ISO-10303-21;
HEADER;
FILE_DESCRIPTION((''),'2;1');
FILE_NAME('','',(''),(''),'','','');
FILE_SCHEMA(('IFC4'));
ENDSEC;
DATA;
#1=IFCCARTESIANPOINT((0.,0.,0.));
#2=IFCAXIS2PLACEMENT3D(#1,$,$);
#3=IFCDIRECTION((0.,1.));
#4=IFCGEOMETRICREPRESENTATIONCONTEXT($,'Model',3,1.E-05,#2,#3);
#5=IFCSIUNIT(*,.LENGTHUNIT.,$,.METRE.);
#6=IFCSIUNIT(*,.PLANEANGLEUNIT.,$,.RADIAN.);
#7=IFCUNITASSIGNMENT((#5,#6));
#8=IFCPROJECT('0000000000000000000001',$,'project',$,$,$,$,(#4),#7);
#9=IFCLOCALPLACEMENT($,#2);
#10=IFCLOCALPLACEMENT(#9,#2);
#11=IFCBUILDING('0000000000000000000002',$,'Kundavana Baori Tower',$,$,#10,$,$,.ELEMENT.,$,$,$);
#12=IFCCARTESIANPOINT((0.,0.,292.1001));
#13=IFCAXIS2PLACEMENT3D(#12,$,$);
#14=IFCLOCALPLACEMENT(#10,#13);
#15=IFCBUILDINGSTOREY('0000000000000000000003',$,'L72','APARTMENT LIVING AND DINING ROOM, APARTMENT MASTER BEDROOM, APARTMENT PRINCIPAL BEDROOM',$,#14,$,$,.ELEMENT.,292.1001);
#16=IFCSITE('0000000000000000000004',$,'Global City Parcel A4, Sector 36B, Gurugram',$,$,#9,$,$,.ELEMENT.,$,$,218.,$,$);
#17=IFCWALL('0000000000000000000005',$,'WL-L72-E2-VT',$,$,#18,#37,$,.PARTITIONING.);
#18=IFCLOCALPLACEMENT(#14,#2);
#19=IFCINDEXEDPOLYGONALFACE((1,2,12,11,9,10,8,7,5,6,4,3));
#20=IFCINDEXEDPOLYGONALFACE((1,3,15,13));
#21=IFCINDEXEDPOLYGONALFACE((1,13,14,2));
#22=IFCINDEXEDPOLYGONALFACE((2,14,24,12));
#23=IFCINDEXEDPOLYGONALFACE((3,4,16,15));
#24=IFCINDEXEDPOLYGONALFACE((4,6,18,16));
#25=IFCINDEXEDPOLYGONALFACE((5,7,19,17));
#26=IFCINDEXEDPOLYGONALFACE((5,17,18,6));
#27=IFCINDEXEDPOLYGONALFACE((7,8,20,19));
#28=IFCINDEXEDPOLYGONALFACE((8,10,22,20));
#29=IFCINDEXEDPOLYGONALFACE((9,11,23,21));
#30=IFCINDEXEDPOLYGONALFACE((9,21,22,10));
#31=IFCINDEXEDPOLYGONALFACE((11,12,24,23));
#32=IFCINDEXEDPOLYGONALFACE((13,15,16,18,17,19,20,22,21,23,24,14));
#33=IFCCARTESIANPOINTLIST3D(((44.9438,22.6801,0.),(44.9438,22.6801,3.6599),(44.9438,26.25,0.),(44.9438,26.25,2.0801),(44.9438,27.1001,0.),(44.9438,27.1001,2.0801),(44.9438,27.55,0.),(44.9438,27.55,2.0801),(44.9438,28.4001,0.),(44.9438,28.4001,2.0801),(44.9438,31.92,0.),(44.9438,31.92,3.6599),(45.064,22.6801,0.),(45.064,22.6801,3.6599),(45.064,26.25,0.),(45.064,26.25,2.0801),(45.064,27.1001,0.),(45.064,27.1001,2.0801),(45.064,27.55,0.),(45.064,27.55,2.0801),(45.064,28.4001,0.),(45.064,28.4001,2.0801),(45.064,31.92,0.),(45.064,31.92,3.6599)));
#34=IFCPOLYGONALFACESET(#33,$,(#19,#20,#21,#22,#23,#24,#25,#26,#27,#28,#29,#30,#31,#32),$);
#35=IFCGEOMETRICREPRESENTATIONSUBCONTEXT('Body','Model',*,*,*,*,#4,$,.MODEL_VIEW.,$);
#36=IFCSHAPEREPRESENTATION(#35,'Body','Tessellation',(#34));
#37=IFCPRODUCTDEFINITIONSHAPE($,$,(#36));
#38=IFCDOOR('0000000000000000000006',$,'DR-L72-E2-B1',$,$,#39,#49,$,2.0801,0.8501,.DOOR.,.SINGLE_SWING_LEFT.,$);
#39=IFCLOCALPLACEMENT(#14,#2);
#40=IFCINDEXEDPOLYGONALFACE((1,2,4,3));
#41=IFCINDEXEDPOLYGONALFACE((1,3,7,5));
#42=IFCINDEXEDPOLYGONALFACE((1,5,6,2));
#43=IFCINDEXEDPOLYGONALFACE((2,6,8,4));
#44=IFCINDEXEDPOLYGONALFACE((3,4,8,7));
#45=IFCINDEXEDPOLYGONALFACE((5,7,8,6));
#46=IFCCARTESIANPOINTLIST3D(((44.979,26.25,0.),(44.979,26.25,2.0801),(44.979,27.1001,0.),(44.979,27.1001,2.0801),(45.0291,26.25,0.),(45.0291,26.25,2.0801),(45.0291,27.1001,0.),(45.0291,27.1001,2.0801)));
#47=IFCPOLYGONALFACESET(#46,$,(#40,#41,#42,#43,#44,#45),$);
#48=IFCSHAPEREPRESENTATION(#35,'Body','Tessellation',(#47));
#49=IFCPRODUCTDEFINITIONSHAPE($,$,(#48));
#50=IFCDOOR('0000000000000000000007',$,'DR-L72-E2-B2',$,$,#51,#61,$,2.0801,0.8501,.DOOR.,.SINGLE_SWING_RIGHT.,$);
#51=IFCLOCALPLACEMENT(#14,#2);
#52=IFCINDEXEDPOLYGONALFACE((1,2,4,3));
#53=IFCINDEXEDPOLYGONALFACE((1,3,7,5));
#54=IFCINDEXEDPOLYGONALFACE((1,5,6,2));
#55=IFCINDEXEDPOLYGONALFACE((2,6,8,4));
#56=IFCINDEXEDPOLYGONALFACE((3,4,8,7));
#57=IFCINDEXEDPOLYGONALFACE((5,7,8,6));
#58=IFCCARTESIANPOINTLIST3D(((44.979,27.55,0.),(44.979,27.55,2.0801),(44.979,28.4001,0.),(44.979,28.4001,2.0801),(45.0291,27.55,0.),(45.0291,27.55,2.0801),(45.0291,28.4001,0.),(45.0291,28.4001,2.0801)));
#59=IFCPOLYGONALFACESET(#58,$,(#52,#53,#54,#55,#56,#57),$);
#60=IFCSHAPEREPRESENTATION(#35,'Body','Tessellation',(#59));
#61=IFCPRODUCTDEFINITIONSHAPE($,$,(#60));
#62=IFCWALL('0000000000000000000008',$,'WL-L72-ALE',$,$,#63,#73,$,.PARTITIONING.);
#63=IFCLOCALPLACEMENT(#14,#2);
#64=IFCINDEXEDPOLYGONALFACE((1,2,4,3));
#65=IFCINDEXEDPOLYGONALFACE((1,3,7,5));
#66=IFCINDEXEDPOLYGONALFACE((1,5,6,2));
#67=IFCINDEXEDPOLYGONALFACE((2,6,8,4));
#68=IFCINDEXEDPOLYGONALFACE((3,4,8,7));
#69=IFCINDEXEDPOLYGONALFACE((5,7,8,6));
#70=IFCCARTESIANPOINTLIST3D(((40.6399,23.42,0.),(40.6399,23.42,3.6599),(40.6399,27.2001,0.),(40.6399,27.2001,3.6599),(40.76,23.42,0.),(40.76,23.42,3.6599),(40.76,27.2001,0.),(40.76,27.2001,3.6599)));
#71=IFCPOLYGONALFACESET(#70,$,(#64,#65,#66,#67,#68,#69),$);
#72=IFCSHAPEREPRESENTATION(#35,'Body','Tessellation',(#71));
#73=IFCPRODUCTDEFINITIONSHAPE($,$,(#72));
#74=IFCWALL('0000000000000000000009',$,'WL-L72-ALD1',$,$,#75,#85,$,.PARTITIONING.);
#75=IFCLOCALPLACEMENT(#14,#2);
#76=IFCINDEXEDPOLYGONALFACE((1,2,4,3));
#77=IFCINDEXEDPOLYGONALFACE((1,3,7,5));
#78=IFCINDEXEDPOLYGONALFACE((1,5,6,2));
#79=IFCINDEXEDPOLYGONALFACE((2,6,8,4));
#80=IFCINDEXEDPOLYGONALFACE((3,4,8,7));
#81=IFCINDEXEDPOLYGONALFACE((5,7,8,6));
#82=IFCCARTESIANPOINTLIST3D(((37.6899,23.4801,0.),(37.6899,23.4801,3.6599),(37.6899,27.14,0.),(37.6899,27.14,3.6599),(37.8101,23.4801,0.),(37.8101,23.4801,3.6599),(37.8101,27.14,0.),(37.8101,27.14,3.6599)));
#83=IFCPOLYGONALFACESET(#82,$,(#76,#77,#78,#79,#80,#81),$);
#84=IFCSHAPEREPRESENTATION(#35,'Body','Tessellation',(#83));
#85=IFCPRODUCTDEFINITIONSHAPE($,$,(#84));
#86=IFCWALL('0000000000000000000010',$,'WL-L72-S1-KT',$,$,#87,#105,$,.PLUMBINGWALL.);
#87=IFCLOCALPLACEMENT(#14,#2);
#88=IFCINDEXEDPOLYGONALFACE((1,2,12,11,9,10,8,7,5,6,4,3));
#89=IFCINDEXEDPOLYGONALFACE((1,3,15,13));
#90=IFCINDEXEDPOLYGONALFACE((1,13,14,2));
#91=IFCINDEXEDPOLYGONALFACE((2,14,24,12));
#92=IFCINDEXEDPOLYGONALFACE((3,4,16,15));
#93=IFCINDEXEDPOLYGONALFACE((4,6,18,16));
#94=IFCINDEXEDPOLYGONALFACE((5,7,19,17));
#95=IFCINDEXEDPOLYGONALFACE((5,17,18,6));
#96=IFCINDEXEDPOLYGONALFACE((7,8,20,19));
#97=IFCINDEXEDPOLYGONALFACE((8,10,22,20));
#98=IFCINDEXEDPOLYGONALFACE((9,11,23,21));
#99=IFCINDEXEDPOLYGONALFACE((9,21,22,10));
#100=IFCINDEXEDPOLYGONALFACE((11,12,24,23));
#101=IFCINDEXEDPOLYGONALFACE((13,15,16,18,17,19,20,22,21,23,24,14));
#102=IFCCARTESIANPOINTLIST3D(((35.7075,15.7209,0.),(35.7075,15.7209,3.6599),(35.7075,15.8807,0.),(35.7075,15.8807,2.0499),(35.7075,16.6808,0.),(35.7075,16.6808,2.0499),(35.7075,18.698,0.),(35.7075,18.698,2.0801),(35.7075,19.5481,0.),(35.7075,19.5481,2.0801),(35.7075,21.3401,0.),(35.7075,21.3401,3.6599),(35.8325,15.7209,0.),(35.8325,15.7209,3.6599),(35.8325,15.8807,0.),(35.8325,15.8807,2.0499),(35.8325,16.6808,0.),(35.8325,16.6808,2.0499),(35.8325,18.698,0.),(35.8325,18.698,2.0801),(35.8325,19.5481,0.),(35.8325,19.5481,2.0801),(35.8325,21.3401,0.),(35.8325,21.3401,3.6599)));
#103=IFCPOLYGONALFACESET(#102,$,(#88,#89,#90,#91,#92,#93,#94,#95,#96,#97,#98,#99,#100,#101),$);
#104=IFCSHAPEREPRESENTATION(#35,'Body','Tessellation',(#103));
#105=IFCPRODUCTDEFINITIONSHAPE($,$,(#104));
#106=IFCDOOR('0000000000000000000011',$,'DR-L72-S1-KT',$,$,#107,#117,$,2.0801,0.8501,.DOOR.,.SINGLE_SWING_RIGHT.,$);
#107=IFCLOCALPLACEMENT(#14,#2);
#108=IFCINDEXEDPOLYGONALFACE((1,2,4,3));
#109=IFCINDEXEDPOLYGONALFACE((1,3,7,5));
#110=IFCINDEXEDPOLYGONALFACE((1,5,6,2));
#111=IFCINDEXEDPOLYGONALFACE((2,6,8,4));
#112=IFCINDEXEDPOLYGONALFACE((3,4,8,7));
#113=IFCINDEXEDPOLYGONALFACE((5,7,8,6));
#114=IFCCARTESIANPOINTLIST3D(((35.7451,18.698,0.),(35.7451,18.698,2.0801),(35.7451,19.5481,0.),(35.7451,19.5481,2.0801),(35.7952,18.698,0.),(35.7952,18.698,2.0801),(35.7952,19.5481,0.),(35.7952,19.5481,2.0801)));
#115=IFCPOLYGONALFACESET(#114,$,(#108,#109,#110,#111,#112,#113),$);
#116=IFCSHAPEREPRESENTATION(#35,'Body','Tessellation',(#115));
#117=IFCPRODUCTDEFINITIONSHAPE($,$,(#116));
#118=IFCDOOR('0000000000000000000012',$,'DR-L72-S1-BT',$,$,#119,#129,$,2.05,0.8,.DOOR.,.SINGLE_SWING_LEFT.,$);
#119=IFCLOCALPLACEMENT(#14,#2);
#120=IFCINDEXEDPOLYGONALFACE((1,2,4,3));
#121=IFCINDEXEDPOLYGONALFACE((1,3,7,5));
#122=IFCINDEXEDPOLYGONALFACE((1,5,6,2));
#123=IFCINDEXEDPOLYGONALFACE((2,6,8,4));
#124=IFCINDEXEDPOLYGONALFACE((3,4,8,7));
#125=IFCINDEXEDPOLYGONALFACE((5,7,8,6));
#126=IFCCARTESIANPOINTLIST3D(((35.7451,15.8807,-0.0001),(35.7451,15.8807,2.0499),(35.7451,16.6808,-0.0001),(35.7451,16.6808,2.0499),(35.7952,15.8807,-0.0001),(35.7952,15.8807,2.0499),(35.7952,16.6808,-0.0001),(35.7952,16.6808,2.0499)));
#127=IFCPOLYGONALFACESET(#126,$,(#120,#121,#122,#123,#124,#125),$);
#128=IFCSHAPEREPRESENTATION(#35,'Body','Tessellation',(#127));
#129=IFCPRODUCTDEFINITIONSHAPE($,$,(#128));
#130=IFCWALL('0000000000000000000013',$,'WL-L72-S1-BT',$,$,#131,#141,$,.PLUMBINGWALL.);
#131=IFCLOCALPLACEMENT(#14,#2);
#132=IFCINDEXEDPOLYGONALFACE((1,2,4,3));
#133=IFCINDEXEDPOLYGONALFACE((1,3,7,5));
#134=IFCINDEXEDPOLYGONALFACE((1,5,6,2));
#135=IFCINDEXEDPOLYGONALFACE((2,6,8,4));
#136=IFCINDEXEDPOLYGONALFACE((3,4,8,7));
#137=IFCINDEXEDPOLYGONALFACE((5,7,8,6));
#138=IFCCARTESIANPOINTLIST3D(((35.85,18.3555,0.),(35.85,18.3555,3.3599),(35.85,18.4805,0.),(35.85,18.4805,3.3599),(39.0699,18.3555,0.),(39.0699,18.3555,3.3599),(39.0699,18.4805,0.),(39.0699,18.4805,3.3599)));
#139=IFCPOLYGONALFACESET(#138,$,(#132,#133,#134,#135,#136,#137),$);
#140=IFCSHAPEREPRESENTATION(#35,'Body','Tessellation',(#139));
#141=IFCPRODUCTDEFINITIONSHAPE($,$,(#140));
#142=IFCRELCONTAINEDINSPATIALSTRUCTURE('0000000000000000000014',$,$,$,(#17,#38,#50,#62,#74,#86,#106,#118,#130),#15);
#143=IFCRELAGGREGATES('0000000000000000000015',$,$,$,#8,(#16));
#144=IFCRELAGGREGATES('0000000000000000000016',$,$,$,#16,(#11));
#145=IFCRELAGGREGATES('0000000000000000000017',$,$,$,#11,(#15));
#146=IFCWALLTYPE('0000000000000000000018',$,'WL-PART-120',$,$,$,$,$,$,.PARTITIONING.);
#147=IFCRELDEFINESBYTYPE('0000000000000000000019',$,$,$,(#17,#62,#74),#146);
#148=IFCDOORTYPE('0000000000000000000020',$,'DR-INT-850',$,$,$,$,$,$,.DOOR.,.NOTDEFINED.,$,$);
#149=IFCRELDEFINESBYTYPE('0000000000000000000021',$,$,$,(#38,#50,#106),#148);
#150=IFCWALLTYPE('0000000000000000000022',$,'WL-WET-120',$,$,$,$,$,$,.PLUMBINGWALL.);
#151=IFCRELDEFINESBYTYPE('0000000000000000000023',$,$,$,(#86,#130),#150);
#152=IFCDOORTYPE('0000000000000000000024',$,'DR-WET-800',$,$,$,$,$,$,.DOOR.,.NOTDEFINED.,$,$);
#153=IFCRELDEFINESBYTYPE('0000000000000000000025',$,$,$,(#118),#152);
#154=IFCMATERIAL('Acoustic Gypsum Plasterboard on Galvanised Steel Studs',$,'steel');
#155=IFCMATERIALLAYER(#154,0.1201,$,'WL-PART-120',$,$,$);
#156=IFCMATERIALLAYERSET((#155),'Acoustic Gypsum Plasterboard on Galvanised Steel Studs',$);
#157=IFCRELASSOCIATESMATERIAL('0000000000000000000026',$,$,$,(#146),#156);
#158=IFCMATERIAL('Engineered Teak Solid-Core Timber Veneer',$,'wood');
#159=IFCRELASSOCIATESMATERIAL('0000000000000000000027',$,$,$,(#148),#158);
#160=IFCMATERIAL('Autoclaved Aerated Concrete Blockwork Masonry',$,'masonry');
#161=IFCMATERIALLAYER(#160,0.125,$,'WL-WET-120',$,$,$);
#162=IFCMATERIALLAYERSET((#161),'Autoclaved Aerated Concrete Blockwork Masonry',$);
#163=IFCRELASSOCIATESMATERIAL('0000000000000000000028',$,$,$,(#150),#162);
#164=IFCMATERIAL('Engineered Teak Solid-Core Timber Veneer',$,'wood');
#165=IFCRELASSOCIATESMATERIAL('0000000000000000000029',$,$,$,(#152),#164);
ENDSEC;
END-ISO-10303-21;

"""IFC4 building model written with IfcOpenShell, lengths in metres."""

from ifc_helpers import new_model, si_unit, direction, frame, frame_2d, origin, place, context, subcontext, project, spatial, rectangle, extrude, material, layer, layer_set, type_object, element, fill, save


model = new_model("IFC4")

# Units and contexts
model_context = context("Model", 3, precision=1e-05, world=origin(), true_north=direction((0.0, 1.0)))
body_context = subcontext(model_context, "Body", "Model", "MODEL_VIEW")
ifc_project = project(units=[si_unit("LENGTHUNIT", "METRE"), si_unit("PLANEANGLEUNIT", "RADIAN")], contexts=[model_context])

# Site, building, storey
site_placement = place(None, origin())
site = spatial("IfcSite", under=ifc_project, at=site_placement, Name="Global City Parcel A4, Sector 36B, Gurugram", CompositionType="ELEMENT", RefElevation=218.0)
building_placement = place(site_placement, origin())
building = spatial("IfcBuilding", under=site, at=building_placement, Name="Kundavana Baori Tower", CompositionType="ELEMENT")
storey_placement = place(building_placement, frame((0.0, 0.0, 292.1001)))
storey = spatial("IfcBuildingStorey", under=building, at=storey_placement, Name="L72", Description="APARTMENT LIVING AND DINING ROOM, APARTMENT MASTER BEDROOM, APARTMENT PRINCIPAL BEDROOM", CompositionType="ELEMENT", Elevation=292.1001)

# Shared definitions
ifc_material_1 = material(Name="Acoustic Gypsum Plasterboard on Galvanised Steel Studs", Category="steel")
ifc_layer_1 = layer(ifc_material_1, 0.1201, Name="WL-PART-120")
ifc_layer_set_1 = layer_set([ifc_layer_1], Name="Acoustic Gypsum Plasterboard on Galvanised Steel Studs")
wall_type_1 = type_object("IfcWallType", Name="WL-PART-120", PredefinedType="PARTITIONING", material=ifc_layer_set_1)

# Wall, openings, doors
wall_1_placement = place(storey_placement, frame((45.0039, 22.6799, 0.0), z_axis=(0.0, 0.0, 1.0), x_axis=(0.0, 1.0, 0.0)))
wall_1 = element("IfcWall", 1, at=wall_1_placement, inside=storey, type_object=wall_type_1, Name="WL-L72-E2-VT", PredefinedType="PARTITIONING", context=body_context, shape_type="SweptSolid", body=[
    extrude(rectangle(XDim=9.24, YDim=0.1201, at=frame_2d((4.6201, 0.0))), origin(), (0.0, 0.0, 1.0), 3.6599),
])
opening_1_placement = place(wall_1_placement, frame((3.5701, 0.0, 0.0)))
opening_1 = element("IfcOpeningElement", 2, at=opening_1_placement, cuts=wall_1, PredefinedType="OPENING", context=body_context, shape_type="SweptSolid", body=[
    extrude(rectangle(XDim=0.8501, YDim=2.0801, at=frame_2d((0.425, 1.04))), frame((0.0, 0.0701, 0.0), z_axis=(0.0, -1.0, 0.0), x_axis=(1.0, 0.0, 0.0)), (0.0, 0.0, 1.0), 0.1401),
])
opening_2_placement = place(wall_1_placement, frame((4.8701, 0.0, 0.0)))
opening_2 = element("IfcOpeningElement", 3, at=opening_2_placement, cuts=wall_1, PredefinedType="OPENING", context=body_context, shape_type="SweptSolid", body=[
    extrude(rectangle(XDim=0.8501, YDim=2.0801, at=frame_2d((0.425, 1.04))), frame((0.0, 0.0701, 0.0), z_axis=(0.0, -1.0, 0.0), x_axis=(1.0, 0.0, 0.0)), (0.0, 0.0, 1.0), 0.1401),
])
ifc_material_2 = material(Name="Engineered Teak Solid-Core Timber Veneer", Category="wood")
door_type_1 = type_object("IfcDoorType", Name="DR-INT-850", OperationType="NOTDEFINED", PredefinedType="DOOR", material=ifc_material_2)
door_1_placement = place(opening_1_placement, origin())
door_1 = element("IfcDoor", 4, at=door_1_placement, inside=storey, type_object=door_type_1, Name="DR-L72-E2-B1", OperationType="SINGLE_SWING_LEFT", OverallHeight=2.0801, OverallWidth=0.8501, PredefinedType="DOOR", context=body_context, shape_type="SweptSolid", body=[
    extrude(rectangle(XDim=0.8501, YDim=2.0801, at=frame_2d((0.425, 1.04))), frame((0.0, 0.0249, 0.0), z_axis=(0.0, -1.0, 0.0), x_axis=(1.0, 0.0, 0.0)), (0.0, 0.0, 1.0), 0.05),
])
fill(opening_1, door_1)
door_2_placement = place(opening_2_placement, origin())
door_2 = element("IfcDoor", 5, at=door_2_placement, inside=storey, type_object=door_type_1, Name="DR-L72-E2-B2", OperationType="SINGLE_SWING_RIGHT", OverallHeight=2.0801, OverallWidth=0.8501, PredefinedType="DOOR", context=body_context, shape_type="SweptSolid", body=[
    extrude(rectangle(XDim=0.8501, YDim=2.0801, at=frame_2d((0.425, 1.04))), frame((0.0, 0.0249, 0.0), z_axis=(0.0, -1.0, 0.0), x_axis=(1.0, 0.0, 0.0)), (0.0, 0.0, 1.0), 0.05),
])
fill(opening_2, door_2)

# Walls
wall_2_placement = place(storey_placement, frame((40.7, 23.4199, 0.0), z_axis=(0.0, 0.0, 1.0), x_axis=(0.0, 1.0, 0.0)))
element("IfcWall", 6, at=wall_2_placement, inside=storey, type_object=wall_type_1, Name="WL-L72-ALE", PredefinedType="PARTITIONING", context=body_context, shape_type="SweptSolid", body=[
    extrude(rectangle(XDim=3.78, YDim=0.1201, at=frame_2d((1.8901, 0.0))), origin(), (0.0, 0.0, 1.0), 3.6599),
])
wall_3_placement = place(storey_placement, frame((37.75, 23.48, 0.0), z_axis=(0.0, 0.0, 1.0), x_axis=(0.0, 1.0, 0.0)))
element("IfcWall", 7, at=wall_3_placement, inside=storey, type_object=wall_type_1, Name="WL-L72-ALD1", PredefinedType="PARTITIONING", context=body_context, shape_type="SweptSolid", body=[
    extrude(rectangle(XDim=3.6599, YDim=0.1201, at=frame_2d((1.8301, 0.0))), origin(), (0.0, 0.0, 1.0), 3.6599),
])

# Wall, openings, doors
ifc_material_3 = material(Name="Autoclaved Aerated Concrete Blockwork Masonry", Category="masonry")
ifc_layer_2 = layer(ifc_material_3, 0.125, Name="WL-WET-120")
ifc_layer_set_2 = layer_set([ifc_layer_2], Name="Autoclaved Aerated Concrete Blockwork Masonry")
wall_type_2 = type_object("IfcWallType", Name="WL-WET-120", PredefinedType="PLUMBINGWALL", material=ifc_layer_set_2)
wall_4_placement = place(storey_placement, frame((35.77, 15.7209, 0.0), z_axis=(0.0, 0.0, 1.0), x_axis=(0.0, 1.0, 0.0)))
wall_4 = element("IfcWall", 8, at=wall_4_placement, inside=storey, type_object=wall_type_2, Name="WL-L72-S1-KT", PredefinedType="PLUMBINGWALL", context=body_context, shape_type="SweptSolid", body=[
    extrude(rectangle(XDim=5.6191, YDim=0.125, at=frame_2d((2.8096, 0.0))), origin(), (0.0, 0.0, 1.0), 3.6599),
])
opening_3_placement = place(wall_4_placement, frame((0.1599, 0.0, 0.0)))
opening_3 = element("IfcOpeningElement", 9, at=opening_3_placement, cuts=wall_4, PredefinedType="OPENING", context=body_context, shape_type="SweptSolid", body=[
    extrude(rectangle(XDim=0.8, YDim=2.05, at=frame_2d((0.3999, 1.0249))), frame((0.0, 0.0725, 0.0), z_axis=(0.0, -1.0, 0.0), x_axis=(1.0, 0.0, 0.0)), (0.0, 0.0, 1.0), 0.145),
])
opening_4_placement = place(wall_4_placement, frame((2.9771, 0.0, 0.0)))
opening_4 = element("IfcOpeningElement", 10, at=opening_4_placement, cuts=wall_4, PredefinedType="OPENING", context=body_context, shape_type="SweptSolid", body=[
    extrude(rectangle(XDim=0.8501, YDim=2.0801, at=frame_2d((0.425, 1.04))), frame((0.0, 0.0725, 0.0), z_axis=(0.0, -1.0, 0.0), x_axis=(1.0, 0.0, 0.0)), (0.0, 0.0, 1.0), 0.145),
])
door_3_placement = place(opening_4_placement, origin())
door_3 = element("IfcDoor", 11, at=door_3_placement, inside=storey, type_object=door_type_1, Name="DR-L72-S1-KT", OperationType="SINGLE_SWING_RIGHT", OverallHeight=2.0801, OverallWidth=0.8501, PredefinedType="DOOR", context=body_context, shape_type="SweptSolid", body=[
    extrude(rectangle(XDim=0.8501, YDim=2.0801, at=frame_2d((0.425, 1.04))), frame((0.0, 0.0249, 0.0), z_axis=(0.0, -1.0, 0.0), x_axis=(1.0, 0.0, 0.0)), (0.0, 0.0, 1.0), 0.05),
])
fill(opening_4, door_3)
ifc_material_4 = material(Name="Engineered Teak Solid-Core Timber Veneer", Category="wood")
door_type_2 = type_object("IfcDoorType", Name="DR-WET-800", OperationType="NOTDEFINED", PredefinedType="DOOR", material=ifc_material_4)
door_4_placement = place(opening_3_placement, origin())
door_4 = element("IfcDoor", 12, at=door_4_placement, inside=storey, type_object=door_type_2, Name="DR-L72-S1-BT", OperationType="SINGLE_SWING_LEFT", OverallHeight=2.05, OverallWidth=0.8, PredefinedType="DOOR", context=body_context, shape_type="SweptSolid", body=[
    extrude(rectangle(XDim=0.8, YDim=2.05, at=frame_2d((0.3999, 1.0249))), frame((0.0, 0.0249, 0.0), z_axis=(0.0, -1.0, 0.0), x_axis=(1.0, 0.0, 0.0)), (0.0, 0.0, 1.0), 0.05),
])
fill(opening_3, door_4)

# Wall
wall_5_placement = place(storey_placement, frame((35.8501, 18.418, 0.0), z_axis=(0.0, 0.0, 1.0), x_axis=(1.0, 0.0, 0.0)))
element("IfcWall", 13, at=wall_5_placement, inside=storey, type_object=wall_type_2, Name="WL-L72-S1-BT", PredefinedType="PLUMBINGWALL", context=body_context, shape_type="SweptSolid", body=[
    extrude(rectangle(XDim=3.22, YDim=0.125, at=frame_2d((1.6099, 0.0))), origin(), (0.0, 0.0, 1.0), 3.3599),
])

save(model, "model.ifc")
